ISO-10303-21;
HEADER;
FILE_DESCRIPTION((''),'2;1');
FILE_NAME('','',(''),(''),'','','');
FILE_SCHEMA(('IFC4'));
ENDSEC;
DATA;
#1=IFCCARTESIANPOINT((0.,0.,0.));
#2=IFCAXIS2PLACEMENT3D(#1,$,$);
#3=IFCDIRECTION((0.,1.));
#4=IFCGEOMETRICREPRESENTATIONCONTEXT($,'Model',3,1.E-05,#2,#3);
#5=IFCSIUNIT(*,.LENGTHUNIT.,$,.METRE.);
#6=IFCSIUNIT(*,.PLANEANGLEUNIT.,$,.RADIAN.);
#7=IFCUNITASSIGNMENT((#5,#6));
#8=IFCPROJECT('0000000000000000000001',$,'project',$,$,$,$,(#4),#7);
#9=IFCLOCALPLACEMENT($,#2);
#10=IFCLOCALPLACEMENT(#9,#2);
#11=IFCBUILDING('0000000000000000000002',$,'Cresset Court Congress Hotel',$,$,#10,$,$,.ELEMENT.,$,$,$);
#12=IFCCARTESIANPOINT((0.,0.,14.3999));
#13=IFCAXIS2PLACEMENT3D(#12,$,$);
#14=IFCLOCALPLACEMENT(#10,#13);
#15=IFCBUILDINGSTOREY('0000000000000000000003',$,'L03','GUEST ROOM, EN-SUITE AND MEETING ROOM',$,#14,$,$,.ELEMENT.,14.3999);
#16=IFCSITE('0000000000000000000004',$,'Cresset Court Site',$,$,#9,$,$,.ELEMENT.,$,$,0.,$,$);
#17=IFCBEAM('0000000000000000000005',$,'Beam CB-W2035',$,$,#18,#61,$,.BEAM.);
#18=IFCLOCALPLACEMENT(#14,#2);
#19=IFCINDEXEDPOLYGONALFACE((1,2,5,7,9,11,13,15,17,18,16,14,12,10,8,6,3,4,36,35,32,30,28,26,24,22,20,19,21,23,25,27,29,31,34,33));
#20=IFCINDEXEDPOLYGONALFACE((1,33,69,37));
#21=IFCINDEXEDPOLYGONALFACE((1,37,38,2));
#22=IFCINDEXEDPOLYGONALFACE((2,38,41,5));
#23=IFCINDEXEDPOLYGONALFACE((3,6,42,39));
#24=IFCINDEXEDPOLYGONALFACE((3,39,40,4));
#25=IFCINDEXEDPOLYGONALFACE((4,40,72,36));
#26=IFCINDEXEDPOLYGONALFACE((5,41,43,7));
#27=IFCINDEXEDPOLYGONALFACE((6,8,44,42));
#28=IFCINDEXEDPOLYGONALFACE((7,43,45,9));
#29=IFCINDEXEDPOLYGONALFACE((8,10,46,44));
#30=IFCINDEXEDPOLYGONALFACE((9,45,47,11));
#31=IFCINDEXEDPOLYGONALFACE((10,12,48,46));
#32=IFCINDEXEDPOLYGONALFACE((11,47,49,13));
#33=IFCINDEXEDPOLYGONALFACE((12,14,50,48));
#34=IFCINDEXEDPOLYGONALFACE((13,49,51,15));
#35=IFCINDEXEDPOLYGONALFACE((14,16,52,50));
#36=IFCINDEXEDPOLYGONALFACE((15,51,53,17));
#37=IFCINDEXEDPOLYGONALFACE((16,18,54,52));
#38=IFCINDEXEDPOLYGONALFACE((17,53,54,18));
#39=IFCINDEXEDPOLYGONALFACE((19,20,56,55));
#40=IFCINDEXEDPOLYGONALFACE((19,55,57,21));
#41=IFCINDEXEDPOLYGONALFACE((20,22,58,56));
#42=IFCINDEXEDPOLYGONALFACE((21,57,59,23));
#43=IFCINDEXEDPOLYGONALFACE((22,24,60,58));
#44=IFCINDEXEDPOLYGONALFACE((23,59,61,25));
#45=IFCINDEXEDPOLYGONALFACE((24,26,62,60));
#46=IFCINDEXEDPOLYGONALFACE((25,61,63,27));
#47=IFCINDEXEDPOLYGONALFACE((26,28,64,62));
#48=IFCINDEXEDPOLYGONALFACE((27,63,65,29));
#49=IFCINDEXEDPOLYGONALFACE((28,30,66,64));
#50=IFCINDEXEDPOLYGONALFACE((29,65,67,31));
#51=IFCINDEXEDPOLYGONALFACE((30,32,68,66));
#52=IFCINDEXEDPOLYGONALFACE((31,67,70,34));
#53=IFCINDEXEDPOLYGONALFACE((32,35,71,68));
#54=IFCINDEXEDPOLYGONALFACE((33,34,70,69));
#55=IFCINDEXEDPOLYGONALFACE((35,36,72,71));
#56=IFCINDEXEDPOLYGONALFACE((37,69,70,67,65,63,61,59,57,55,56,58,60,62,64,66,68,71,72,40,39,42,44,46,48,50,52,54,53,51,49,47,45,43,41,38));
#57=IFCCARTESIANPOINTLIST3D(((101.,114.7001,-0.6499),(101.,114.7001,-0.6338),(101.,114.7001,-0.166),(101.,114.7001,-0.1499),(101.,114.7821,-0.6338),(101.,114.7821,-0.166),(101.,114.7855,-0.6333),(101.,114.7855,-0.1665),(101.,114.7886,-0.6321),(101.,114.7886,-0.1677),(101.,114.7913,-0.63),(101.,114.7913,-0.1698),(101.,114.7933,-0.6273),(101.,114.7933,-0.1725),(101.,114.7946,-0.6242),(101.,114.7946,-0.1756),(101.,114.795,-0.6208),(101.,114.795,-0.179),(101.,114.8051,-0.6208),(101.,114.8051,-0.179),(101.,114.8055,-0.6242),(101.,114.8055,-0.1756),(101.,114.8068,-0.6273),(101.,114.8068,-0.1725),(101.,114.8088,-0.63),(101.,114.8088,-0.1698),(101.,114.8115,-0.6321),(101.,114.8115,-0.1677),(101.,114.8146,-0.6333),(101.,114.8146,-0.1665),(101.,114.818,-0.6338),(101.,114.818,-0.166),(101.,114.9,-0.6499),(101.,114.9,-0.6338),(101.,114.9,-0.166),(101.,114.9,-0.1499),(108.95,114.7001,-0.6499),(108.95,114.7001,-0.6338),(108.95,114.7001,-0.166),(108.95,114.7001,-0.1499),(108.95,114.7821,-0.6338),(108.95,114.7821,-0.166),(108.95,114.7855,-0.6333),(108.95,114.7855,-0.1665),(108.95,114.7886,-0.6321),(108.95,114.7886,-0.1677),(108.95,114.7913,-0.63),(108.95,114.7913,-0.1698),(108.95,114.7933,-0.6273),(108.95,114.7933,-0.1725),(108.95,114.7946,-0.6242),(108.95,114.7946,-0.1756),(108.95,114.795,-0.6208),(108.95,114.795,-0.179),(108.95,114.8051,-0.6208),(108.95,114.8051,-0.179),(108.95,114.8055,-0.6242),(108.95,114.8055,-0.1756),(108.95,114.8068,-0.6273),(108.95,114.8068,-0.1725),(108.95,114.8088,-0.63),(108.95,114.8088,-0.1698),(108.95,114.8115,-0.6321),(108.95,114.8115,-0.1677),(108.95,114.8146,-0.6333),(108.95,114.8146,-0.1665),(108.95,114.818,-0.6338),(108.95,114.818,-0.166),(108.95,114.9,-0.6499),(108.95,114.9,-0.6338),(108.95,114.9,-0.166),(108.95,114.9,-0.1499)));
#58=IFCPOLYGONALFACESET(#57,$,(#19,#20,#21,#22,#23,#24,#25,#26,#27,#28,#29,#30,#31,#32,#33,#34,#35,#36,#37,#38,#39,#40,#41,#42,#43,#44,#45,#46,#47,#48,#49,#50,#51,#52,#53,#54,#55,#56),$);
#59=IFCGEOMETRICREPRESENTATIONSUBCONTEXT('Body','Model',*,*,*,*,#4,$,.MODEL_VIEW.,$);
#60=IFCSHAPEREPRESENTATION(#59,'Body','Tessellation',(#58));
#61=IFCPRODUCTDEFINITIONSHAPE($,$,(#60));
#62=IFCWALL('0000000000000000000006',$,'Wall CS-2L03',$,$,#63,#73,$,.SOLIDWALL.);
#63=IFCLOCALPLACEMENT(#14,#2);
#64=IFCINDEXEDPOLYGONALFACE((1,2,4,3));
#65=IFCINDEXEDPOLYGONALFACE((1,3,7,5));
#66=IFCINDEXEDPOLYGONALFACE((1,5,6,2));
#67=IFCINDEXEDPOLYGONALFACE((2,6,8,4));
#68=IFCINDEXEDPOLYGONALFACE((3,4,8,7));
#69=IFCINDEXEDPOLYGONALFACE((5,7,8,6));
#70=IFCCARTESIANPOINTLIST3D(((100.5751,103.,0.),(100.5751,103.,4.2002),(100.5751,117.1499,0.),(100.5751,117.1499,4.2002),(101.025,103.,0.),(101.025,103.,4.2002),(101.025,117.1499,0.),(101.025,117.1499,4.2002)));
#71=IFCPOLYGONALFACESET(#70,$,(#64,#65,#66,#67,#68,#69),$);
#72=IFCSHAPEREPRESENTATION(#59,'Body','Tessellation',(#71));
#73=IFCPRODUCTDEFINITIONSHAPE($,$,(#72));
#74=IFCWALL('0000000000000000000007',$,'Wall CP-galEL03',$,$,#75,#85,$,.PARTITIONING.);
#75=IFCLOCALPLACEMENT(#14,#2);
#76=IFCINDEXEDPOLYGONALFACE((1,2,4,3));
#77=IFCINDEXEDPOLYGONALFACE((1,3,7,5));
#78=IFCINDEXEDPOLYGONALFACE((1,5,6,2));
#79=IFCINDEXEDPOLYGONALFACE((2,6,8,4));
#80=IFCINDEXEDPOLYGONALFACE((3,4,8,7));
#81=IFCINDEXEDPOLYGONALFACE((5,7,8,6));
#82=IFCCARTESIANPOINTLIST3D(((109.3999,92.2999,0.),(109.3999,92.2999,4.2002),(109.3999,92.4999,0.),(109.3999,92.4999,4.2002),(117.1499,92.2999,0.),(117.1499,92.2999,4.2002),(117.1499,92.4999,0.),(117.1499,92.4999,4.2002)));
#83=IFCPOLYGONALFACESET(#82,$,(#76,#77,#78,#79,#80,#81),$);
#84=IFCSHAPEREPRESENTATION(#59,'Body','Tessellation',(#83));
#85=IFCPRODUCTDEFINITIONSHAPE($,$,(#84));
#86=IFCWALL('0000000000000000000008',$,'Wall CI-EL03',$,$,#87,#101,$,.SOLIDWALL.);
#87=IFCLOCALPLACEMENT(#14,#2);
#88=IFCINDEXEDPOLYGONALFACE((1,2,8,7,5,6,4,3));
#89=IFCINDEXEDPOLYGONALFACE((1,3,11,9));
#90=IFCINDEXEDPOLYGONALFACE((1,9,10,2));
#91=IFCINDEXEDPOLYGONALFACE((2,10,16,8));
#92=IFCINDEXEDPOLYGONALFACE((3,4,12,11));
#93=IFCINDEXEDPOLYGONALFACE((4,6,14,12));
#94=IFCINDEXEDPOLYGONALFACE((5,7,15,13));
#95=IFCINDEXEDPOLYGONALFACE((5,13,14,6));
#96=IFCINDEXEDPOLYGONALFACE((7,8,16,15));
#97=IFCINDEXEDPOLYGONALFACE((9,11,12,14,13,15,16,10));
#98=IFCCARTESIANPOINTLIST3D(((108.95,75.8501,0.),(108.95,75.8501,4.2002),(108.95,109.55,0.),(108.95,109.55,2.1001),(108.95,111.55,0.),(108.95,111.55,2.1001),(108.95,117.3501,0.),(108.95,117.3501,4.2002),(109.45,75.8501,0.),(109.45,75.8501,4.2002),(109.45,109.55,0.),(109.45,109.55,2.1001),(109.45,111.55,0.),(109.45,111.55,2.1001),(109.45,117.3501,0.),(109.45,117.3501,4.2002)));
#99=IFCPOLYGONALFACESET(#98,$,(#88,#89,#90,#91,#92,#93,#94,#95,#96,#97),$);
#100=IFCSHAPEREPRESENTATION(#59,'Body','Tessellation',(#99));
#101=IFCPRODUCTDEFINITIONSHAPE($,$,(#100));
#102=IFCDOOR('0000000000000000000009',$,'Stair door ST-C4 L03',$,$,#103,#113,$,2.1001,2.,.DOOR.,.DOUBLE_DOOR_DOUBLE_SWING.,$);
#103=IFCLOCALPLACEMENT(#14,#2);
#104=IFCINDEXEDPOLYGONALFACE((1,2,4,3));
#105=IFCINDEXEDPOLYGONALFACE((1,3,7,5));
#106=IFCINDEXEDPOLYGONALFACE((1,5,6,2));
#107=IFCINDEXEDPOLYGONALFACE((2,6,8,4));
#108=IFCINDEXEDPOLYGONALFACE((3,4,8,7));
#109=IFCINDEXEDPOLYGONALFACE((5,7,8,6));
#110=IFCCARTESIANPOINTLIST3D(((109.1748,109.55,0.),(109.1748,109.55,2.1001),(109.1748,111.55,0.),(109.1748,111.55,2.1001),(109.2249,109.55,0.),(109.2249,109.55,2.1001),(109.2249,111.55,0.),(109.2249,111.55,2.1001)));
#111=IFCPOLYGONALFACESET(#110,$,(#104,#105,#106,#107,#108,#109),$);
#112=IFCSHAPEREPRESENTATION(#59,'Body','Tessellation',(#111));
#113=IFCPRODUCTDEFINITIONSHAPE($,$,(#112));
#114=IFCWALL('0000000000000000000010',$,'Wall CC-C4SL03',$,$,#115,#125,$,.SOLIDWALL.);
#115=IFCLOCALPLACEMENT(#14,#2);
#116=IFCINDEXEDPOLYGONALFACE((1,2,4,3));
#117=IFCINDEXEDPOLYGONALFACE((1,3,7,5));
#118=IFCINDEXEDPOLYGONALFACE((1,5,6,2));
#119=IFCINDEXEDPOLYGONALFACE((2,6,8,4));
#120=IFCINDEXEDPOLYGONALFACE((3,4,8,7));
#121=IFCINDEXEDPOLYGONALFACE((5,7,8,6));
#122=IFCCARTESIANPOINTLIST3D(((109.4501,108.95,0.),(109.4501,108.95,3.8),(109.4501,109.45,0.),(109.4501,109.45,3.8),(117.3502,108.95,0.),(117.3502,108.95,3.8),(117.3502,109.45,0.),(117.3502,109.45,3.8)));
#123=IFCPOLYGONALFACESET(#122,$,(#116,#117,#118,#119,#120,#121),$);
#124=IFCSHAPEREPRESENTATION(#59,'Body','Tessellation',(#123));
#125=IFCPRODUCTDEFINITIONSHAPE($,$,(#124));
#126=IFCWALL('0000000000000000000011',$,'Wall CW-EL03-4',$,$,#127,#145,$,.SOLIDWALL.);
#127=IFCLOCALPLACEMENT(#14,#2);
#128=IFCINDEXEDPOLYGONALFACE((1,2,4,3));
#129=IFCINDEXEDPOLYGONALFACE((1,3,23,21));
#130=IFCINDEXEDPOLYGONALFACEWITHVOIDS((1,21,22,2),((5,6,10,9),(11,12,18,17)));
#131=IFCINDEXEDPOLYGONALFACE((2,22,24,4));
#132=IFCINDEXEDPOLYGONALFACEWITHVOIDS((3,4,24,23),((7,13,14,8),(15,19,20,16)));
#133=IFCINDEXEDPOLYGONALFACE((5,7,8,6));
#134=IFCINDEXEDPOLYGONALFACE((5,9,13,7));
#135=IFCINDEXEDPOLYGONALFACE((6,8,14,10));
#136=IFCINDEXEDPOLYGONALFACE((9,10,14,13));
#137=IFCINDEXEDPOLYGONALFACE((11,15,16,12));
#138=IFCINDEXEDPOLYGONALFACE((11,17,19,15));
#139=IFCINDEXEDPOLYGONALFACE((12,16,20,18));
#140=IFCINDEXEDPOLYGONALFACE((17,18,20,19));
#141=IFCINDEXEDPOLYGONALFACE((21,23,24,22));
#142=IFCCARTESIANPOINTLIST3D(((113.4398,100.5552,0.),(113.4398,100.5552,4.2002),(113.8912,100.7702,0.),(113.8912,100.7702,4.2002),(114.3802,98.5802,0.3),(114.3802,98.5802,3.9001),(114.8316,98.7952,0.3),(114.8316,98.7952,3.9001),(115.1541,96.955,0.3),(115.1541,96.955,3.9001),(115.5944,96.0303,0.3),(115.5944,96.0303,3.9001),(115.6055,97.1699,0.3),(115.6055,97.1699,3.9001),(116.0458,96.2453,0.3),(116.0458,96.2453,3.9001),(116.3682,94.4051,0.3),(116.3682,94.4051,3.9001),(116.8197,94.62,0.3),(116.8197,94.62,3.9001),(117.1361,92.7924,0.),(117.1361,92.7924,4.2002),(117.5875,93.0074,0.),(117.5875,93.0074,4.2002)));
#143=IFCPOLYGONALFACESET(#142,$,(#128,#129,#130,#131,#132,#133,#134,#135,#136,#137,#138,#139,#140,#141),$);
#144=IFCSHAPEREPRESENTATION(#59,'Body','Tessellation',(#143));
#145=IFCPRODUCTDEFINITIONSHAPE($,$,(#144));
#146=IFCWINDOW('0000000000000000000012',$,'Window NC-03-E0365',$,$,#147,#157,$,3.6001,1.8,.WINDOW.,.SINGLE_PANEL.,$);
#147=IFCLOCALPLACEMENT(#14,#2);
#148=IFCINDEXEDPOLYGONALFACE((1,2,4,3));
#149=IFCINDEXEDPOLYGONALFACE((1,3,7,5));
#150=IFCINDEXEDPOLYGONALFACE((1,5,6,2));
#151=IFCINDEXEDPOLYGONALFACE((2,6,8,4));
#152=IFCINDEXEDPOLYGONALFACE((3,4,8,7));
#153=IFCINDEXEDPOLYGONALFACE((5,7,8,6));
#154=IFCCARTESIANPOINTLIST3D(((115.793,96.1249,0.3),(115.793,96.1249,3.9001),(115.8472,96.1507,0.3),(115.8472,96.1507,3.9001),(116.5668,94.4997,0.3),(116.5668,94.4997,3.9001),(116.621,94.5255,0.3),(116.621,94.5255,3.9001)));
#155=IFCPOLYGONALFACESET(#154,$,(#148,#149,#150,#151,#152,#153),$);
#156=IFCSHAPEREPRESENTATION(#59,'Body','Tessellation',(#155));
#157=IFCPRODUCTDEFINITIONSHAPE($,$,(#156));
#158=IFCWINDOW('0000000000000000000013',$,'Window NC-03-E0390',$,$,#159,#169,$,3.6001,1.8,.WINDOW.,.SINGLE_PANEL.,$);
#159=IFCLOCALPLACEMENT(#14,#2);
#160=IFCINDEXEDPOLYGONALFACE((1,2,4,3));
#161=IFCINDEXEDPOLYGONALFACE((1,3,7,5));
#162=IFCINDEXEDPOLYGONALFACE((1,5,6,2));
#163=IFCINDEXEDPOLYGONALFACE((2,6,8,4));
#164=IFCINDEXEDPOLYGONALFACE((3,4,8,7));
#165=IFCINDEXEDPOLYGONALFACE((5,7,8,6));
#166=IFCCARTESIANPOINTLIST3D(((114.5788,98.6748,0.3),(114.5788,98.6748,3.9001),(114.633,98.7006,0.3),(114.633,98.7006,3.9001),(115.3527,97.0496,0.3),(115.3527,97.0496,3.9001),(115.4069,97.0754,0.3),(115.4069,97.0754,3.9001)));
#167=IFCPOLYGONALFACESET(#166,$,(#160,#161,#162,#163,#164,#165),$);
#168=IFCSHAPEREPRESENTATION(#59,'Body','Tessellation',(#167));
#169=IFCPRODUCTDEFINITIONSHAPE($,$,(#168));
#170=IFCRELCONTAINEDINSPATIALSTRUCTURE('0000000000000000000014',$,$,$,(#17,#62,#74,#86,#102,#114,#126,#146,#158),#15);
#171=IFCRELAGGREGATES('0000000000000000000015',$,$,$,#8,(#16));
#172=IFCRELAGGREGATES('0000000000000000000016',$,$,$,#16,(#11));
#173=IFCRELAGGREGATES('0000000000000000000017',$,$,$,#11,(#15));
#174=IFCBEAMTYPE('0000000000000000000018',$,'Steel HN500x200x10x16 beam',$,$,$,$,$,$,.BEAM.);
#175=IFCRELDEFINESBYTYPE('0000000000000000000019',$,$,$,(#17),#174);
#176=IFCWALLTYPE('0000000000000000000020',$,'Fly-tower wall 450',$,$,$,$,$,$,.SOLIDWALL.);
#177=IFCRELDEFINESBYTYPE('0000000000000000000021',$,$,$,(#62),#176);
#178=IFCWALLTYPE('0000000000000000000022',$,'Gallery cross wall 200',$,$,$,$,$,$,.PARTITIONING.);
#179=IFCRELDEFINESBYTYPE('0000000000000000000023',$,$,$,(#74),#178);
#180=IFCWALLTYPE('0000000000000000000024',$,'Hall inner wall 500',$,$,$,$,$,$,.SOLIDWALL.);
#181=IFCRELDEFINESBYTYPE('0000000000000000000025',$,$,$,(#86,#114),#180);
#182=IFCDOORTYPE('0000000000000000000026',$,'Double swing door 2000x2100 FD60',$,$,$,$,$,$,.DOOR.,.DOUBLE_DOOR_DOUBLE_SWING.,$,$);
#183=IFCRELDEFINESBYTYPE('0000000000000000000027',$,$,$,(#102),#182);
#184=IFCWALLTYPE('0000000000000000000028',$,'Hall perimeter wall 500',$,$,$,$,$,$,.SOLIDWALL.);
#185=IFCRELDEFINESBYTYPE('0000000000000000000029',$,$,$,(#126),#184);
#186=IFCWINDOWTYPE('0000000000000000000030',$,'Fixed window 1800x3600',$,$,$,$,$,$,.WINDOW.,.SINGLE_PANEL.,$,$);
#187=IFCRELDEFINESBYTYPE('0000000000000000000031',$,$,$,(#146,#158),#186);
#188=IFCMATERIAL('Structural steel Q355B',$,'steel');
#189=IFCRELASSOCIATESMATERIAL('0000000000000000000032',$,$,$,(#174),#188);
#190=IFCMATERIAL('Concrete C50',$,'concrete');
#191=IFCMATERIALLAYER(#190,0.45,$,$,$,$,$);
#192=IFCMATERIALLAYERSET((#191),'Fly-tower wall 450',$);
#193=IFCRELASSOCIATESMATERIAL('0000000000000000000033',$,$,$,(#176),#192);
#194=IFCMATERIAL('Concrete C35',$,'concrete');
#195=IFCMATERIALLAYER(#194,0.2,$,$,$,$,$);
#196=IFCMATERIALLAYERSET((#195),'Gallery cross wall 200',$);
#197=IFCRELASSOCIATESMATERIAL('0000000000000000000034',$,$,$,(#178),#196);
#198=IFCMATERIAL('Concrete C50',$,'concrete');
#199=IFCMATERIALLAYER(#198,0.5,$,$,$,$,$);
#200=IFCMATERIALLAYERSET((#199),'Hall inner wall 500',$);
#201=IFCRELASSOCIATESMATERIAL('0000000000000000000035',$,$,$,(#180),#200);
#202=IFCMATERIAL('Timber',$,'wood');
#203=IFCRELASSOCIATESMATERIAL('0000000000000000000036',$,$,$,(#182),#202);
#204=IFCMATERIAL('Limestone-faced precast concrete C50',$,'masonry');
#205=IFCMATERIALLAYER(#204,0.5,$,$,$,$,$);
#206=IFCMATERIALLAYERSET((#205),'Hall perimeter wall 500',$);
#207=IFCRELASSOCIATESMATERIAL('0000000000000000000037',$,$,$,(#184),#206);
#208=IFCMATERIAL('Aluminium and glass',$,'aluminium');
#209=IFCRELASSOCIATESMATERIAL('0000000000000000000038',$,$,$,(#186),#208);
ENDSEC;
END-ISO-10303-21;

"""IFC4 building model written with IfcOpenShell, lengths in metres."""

from ifc_helpers import new_model, si_unit, direction, frame, frame_2d, origin, origin_2d, place, context, subcontext, project, spatial, rectangle, i_section, extrude, material, layer, layer_set, material_profile, profile_set, type_object, element, fill, save


model = new_model("IFC4")

# Units and contexts
model_context = context("Model", 3, precision=1e-05, world=origin(), true_north=direction((0.0, 1.0)))
body_context = subcontext(model_context, "Body", "Model", "MODEL_VIEW")
ifc_project = project(units=[si_unit("LENGTHUNIT", "METRE"), si_unit("PLANEANGLEUNIT", "RADIAN")], contexts=[model_context])

# Site, building, storey
site_placement = place(None, origin())
site = spatial("IfcSite", under=ifc_project, at=site_placement, Name="Cresset Court Site", CompositionType="ELEMENT", RefElevation=0.0)
building_placement = place(site_placement, origin())
building = spatial("IfcBuilding", under=site, at=building_placement, Name="Cresset Court Congress Hotel", CompositionType="ELEMENT")
storey_placement = place(building_placement, frame((0.0, 0.0, 14.3999)))
storey = spatial("IfcBuildingStorey", under=building, at=storey_placement, Name="L03", Description="GUEST ROOM, EN-SUITE AND MEETING ROOM", CompositionType="ELEMENT", Elevation=14.3999)

# Beam
ifc_material_1 = material(Name="Structural steel Q355B", Category="steel")
ifc_material_profile = material_profile(ifc_material_1, i_section(OverallWidth=0.2, OverallDepth=0.5, WebThickness=0.01, FlangeThickness=0.0161, FilletRadius=0.0129, at=origin_2d()), Name="HN500x200x10x16")
ifc_profile_set = profile_set([ifc_material_profile], Name="Structural steel Q355B")
beam_type = type_object("IfcBeamType", Name="Steel HN500x200x10x16 beam", PredefinedType="BEAM", material=ifc_profile_set)
for number, where, z_axis, x_axis, name in (
    (1, (101.0, 114.8, -0.3999), (1.0, 0.0, 0.0), (0.0, 1.0, 0.0), "Beam CB-W2035"),
):
    element("IfcBeam", number, at=place(storey_placement, frame(where, z_axis=z_axis, x_axis=x_axis)), inside=storey, type_object=beam_type, Name=name, PredefinedType="BEAM", context=body_context, shape_type="SweptSolid", body=[
        extrude(i_section(OverallWidth=0.2, OverallDepth=0.5, WebThickness=0.01, FlangeThickness=0.0161, FilletRadius=0.0129, at=origin_2d()), origin(), (0.0, 0.0, 1.0), 7.95),
    ])

# Walls
ifc_material_2 = material(Name="Concrete C50", Category="concrete")
ifc_layer_1 = layer(ifc_material_2, 0.45)
ifc_layer_set_1 = layer_set([ifc_layer_1], Name="Fly-tower wall 450")
wall_type_1 = type_object("IfcWallType", Name="Fly-tower wall 450", PredefinedType="SOLIDWALL", material=ifc_layer_set_1)
wall_1_placement = place(storey_placement, frame((100.8, 103.0, 0.0), z_axis=(0.0, 0.0, 1.0), x_axis=(0.0, 1.0, 0.0)))
element("IfcWall", 2, at=wall_1_placement, inside=storey, type_object=wall_type_1, Name="Wall CS-2L03", PredefinedType="SOLIDWALL", context=body_context, shape_type="SweptSolid", body=[
    extrude(rectangle(XDim=14.1499, YDim=0.45, at=frame_2d((7.075, 0.0))), origin(), (0.0, 0.0, 1.0), 4.2002),
])
ifc_material_3 = material(Name="Concrete C35", Category="concrete")
ifc_layer_2 = layer(ifc_material_3, 0.2)
ifc_layer_set_2 = layer_set([ifc_layer_2], Name="Gallery cross wall 200")
wall_type_2 = type_object("IfcWallType", Name="Gallery cross wall 200", PredefinedType="PARTITIONING", material=ifc_layer_set_2)
wall_2_placement = place(storey_placement, frame((109.3999, 92.3999, 0.0), z_axis=(0.0, 0.0, 1.0), x_axis=(1.0, 0.0, 0.0)))
element("IfcWall", 3, at=wall_2_placement, inside=storey, type_object=wall_type_2, Name="Wall CP-galEL03", PredefinedType="PARTITIONING", context=body_context, shape_type="SweptSolid", body=[
    extrude(rectangle(XDim=7.75, YDim=0.2, at=frame_2d((3.875, 0.0))), origin(), (0.0, 0.0, 1.0), 4.2002),
])

# Wall, opening, door
ifc_material_4 = material(Name="Concrete C50", Category="concrete")
ifc_layer_3 = layer(ifc_material_4, 0.5)
ifc_layer_set_3 = layer_set([ifc_layer_3], Name="Hall inner wall 500")
wall_type_3 = type_object("IfcWallType", Name="Hall inner wall 500", PredefinedType="SOLIDWALL", material=ifc_layer_set_3)
wall_3_placement = place(storey_placement, frame((109.2, 117.3501, 0.0), z_axis=(0.0, 0.0, 1.0), x_axis=(0.0, -1.0, 0.0)))
wall_3 = element("IfcWall", 4, at=wall_3_placement, inside=storey, type_object=wall_type_3, Name="Wall CI-EL03", PredefinedType="SOLIDWALL", context=body_context, shape_type="SweptSolid", body=[
    extrude(rectangle(XDim=41.5, YDim=0.5, at=frame_2d((20.75, 0.0))), origin(), (0.0, 0.0, 1.0), 4.2002),
])
opening_1_placement = place(wall_3_placement, frame((5.8, 0.0, 0.0)))
opening_1 = element("IfcOpeningElement", 5, at=opening_1_placement, cuts=wall_3, PredefinedType="OPENING", context=body_context, shape_type="SweptSolid", body=[
    extrude(rectangle(XDim=2.0, YDim=2.1001, at=frame_2d((1.0, 1.05))), frame((0.0, 0.26, 0.0), z_axis=(0.0, -1.0, 0.0), x_axis=(1.0, 0.0, 0.0)), (0.0, 0.0, 1.0), 0.52),
])
ifc_material_5 = material(Name="Timber", Category="wood")
door_type = type_object("IfcDoorType", Name="Double swing door 2000x2100 FD60", OperationType="DOUBLE_DOOR_DOUBLE_SWING", PredefinedType="DOOR", material=ifc_material_5)
door_placement = place(opening_1_placement, origin())
door = element("IfcDoor", 6, at=door_placement, inside=storey, type_object=door_type, Name="Stair door ST-C4 L03", OperationType="DOUBLE_DOOR_DOUBLE_SWING", OverallHeight=2.1001, OverallWidth=2.0, PredefinedType="DOOR", context=body_context, shape_type="SweptSolid", body=[
    extrude(rectangle(XDim=2.0, YDim=2.1001, at=frame_2d((1.0, 1.05))), frame((0.0, 0.0249, 0.0), z_axis=(0.0, -1.0, 0.0), x_axis=(1.0, 0.0, 0.0)), (0.0, 0.0, 1.0), 0.05),
])
fill(opening_1, door)

# Wall
wall_4_placement = place(storey_placement, frame((109.45, 109.2, 0.0), z_axis=(0.0, 0.0, 1.0), x_axis=(1.0, 0.0, 0.0)))
element("IfcWall", 7, at=wall_4_placement, inside=storey, type_object=wall_type_3, Name="Wall CC-C4SL03", PredefinedType="SOLIDWALL", context=body_context, shape_type="SweptSolid", body=[
    extrude(rectangle(XDim=7.9001, YDim=0.5, at=frame_2d((3.9502, 0.0))), origin(), (0.0, 0.0, 1.0), 3.8),
])

# Wall, openings, windows
ifc_material_6 = material(Name="Limestone-faced precast concrete C50", Category="masonry")
ifc_layer_4 = layer(ifc_material_6, 0.5)
ifc_layer_set_4 = layer_set([ifc_layer_4], Name="Hall perimeter wall 500")
wall_type_4 = type_object("IfcWallType", Name="Hall perimeter wall 500", PredefinedType="SOLIDWALL", material=ifc_layer_set_4)
wall_5_placement = place(storey_placement, frame((113.6655, 100.6626, 0.0), z_axis=(0.0, 0.0, 1.0), x_axis=(0.429912, -0.902871, 0.0)))
wall_5 = element("IfcWall", 8, at=wall_5_placement, inside=storey, type_object=wall_type_4, Name="Wall CW-EL03-4", PredefinedType="SOLIDWALL", context=body_context, shape_type="SweptSolid", body=[
    extrude(rectangle(XDim=8.5979, YDim=0.5, at=frame_2d((4.2988, 0.0))), origin(), (0.0, 0.0, 1.0), 4.2002),
])
opening_2_placement = place(wall_5_placement, frame((5.0117, 0.0, 0.3)))
opening_2 = element("IfcOpeningElement", 9, at=opening_2_placement, cuts=wall_5, PredefinedType="OPENING", context=body_context, shape_type="SweptSolid", body=[
    extrude(rectangle(XDim=1.8, YDim=3.6001, at=frame_2d((0.8999, 1.8))), frame((0.0, 0.26, 0.0), z_axis=(0.0, -1.0, 0.0), x_axis=(1.0, 0.0, 0.0)), (0.0, 0.0, 1.0), 0.52),
])
opening_3_placement = place(wall_5_placement, frame((2.1875, 0.0, 0.3)))
opening_3 = element("IfcOpeningElement", 10, at=opening_3_placement, cuts=wall_5, PredefinedType="OPENING", context=body_context, shape_type="SweptSolid", body=[
    extrude(rectangle(XDim=1.8, YDim=3.6001, at=frame_2d((0.8999, 1.8))), frame((0.0, 0.26, 0.0), z_axis=(0.0, -1.0, 0.0), x_axis=(1.0, 0.0, 0.0)), (0.0, 0.0, 1.0), 0.52),
])
ifc_material_7 = material(Name="Aluminium and glass", Category="aluminium")
window_type_1 = type_object("IfcWindowType", Name="Fixed window 1800x3600", PartitioningType="SINGLE_PANEL", PredefinedType="WINDOW", material=ifc_material_7)
window_1_placement = place(opening_2_placement, origin())
window_1 = element("IfcWindow", 11, at=window_1_placement, inside=storey, type_object=window_type_1, Name="Window NC-03-E0365", OverallHeight=3.6001, OverallWidth=1.8, PartitioningType="SINGLE_PANEL", PredefinedType="WINDOW", context=body_context, shape_type="SweptSolid", body=[
    extrude(rectangle(XDim=1.8, YDim=3.6001, at=frame_2d((0.8999, 1.8))), frame((0.0, 0.03, 0.0), z_axis=(0.0, -1.0, 0.0), x_axis=(1.0, 0.0, 0.0)), (0.0, 0.0, 1.0), 0.0601),
])
fill(opening_2, window_1)
window_2_placement = place(opening_3_placement, origin())
window_2 = element("IfcWindow", 12, at=window_2_placement, inside=storey, type_object=window_type_1, Name="Window NC-03-E0390", OverallHeight=3.6001, OverallWidth=1.8, PartitioningType="SINGLE_PANEL", PredefinedType="WINDOW", context=body_context, shape_type="SweptSolid", body=[
    extrude(rectangle(XDim=1.8, YDim=3.6001, at=frame_2d((0.8999, 1.8))), frame((0.0, 0.03, 0.0), z_axis=(0.0, -1.0, 0.0), x_axis=(1.0, 0.0, 0.0)), (0.0, 0.0, 1.0), 0.0601),
])
fill(opening_3, window_2)

save(model, "model.ifc")
